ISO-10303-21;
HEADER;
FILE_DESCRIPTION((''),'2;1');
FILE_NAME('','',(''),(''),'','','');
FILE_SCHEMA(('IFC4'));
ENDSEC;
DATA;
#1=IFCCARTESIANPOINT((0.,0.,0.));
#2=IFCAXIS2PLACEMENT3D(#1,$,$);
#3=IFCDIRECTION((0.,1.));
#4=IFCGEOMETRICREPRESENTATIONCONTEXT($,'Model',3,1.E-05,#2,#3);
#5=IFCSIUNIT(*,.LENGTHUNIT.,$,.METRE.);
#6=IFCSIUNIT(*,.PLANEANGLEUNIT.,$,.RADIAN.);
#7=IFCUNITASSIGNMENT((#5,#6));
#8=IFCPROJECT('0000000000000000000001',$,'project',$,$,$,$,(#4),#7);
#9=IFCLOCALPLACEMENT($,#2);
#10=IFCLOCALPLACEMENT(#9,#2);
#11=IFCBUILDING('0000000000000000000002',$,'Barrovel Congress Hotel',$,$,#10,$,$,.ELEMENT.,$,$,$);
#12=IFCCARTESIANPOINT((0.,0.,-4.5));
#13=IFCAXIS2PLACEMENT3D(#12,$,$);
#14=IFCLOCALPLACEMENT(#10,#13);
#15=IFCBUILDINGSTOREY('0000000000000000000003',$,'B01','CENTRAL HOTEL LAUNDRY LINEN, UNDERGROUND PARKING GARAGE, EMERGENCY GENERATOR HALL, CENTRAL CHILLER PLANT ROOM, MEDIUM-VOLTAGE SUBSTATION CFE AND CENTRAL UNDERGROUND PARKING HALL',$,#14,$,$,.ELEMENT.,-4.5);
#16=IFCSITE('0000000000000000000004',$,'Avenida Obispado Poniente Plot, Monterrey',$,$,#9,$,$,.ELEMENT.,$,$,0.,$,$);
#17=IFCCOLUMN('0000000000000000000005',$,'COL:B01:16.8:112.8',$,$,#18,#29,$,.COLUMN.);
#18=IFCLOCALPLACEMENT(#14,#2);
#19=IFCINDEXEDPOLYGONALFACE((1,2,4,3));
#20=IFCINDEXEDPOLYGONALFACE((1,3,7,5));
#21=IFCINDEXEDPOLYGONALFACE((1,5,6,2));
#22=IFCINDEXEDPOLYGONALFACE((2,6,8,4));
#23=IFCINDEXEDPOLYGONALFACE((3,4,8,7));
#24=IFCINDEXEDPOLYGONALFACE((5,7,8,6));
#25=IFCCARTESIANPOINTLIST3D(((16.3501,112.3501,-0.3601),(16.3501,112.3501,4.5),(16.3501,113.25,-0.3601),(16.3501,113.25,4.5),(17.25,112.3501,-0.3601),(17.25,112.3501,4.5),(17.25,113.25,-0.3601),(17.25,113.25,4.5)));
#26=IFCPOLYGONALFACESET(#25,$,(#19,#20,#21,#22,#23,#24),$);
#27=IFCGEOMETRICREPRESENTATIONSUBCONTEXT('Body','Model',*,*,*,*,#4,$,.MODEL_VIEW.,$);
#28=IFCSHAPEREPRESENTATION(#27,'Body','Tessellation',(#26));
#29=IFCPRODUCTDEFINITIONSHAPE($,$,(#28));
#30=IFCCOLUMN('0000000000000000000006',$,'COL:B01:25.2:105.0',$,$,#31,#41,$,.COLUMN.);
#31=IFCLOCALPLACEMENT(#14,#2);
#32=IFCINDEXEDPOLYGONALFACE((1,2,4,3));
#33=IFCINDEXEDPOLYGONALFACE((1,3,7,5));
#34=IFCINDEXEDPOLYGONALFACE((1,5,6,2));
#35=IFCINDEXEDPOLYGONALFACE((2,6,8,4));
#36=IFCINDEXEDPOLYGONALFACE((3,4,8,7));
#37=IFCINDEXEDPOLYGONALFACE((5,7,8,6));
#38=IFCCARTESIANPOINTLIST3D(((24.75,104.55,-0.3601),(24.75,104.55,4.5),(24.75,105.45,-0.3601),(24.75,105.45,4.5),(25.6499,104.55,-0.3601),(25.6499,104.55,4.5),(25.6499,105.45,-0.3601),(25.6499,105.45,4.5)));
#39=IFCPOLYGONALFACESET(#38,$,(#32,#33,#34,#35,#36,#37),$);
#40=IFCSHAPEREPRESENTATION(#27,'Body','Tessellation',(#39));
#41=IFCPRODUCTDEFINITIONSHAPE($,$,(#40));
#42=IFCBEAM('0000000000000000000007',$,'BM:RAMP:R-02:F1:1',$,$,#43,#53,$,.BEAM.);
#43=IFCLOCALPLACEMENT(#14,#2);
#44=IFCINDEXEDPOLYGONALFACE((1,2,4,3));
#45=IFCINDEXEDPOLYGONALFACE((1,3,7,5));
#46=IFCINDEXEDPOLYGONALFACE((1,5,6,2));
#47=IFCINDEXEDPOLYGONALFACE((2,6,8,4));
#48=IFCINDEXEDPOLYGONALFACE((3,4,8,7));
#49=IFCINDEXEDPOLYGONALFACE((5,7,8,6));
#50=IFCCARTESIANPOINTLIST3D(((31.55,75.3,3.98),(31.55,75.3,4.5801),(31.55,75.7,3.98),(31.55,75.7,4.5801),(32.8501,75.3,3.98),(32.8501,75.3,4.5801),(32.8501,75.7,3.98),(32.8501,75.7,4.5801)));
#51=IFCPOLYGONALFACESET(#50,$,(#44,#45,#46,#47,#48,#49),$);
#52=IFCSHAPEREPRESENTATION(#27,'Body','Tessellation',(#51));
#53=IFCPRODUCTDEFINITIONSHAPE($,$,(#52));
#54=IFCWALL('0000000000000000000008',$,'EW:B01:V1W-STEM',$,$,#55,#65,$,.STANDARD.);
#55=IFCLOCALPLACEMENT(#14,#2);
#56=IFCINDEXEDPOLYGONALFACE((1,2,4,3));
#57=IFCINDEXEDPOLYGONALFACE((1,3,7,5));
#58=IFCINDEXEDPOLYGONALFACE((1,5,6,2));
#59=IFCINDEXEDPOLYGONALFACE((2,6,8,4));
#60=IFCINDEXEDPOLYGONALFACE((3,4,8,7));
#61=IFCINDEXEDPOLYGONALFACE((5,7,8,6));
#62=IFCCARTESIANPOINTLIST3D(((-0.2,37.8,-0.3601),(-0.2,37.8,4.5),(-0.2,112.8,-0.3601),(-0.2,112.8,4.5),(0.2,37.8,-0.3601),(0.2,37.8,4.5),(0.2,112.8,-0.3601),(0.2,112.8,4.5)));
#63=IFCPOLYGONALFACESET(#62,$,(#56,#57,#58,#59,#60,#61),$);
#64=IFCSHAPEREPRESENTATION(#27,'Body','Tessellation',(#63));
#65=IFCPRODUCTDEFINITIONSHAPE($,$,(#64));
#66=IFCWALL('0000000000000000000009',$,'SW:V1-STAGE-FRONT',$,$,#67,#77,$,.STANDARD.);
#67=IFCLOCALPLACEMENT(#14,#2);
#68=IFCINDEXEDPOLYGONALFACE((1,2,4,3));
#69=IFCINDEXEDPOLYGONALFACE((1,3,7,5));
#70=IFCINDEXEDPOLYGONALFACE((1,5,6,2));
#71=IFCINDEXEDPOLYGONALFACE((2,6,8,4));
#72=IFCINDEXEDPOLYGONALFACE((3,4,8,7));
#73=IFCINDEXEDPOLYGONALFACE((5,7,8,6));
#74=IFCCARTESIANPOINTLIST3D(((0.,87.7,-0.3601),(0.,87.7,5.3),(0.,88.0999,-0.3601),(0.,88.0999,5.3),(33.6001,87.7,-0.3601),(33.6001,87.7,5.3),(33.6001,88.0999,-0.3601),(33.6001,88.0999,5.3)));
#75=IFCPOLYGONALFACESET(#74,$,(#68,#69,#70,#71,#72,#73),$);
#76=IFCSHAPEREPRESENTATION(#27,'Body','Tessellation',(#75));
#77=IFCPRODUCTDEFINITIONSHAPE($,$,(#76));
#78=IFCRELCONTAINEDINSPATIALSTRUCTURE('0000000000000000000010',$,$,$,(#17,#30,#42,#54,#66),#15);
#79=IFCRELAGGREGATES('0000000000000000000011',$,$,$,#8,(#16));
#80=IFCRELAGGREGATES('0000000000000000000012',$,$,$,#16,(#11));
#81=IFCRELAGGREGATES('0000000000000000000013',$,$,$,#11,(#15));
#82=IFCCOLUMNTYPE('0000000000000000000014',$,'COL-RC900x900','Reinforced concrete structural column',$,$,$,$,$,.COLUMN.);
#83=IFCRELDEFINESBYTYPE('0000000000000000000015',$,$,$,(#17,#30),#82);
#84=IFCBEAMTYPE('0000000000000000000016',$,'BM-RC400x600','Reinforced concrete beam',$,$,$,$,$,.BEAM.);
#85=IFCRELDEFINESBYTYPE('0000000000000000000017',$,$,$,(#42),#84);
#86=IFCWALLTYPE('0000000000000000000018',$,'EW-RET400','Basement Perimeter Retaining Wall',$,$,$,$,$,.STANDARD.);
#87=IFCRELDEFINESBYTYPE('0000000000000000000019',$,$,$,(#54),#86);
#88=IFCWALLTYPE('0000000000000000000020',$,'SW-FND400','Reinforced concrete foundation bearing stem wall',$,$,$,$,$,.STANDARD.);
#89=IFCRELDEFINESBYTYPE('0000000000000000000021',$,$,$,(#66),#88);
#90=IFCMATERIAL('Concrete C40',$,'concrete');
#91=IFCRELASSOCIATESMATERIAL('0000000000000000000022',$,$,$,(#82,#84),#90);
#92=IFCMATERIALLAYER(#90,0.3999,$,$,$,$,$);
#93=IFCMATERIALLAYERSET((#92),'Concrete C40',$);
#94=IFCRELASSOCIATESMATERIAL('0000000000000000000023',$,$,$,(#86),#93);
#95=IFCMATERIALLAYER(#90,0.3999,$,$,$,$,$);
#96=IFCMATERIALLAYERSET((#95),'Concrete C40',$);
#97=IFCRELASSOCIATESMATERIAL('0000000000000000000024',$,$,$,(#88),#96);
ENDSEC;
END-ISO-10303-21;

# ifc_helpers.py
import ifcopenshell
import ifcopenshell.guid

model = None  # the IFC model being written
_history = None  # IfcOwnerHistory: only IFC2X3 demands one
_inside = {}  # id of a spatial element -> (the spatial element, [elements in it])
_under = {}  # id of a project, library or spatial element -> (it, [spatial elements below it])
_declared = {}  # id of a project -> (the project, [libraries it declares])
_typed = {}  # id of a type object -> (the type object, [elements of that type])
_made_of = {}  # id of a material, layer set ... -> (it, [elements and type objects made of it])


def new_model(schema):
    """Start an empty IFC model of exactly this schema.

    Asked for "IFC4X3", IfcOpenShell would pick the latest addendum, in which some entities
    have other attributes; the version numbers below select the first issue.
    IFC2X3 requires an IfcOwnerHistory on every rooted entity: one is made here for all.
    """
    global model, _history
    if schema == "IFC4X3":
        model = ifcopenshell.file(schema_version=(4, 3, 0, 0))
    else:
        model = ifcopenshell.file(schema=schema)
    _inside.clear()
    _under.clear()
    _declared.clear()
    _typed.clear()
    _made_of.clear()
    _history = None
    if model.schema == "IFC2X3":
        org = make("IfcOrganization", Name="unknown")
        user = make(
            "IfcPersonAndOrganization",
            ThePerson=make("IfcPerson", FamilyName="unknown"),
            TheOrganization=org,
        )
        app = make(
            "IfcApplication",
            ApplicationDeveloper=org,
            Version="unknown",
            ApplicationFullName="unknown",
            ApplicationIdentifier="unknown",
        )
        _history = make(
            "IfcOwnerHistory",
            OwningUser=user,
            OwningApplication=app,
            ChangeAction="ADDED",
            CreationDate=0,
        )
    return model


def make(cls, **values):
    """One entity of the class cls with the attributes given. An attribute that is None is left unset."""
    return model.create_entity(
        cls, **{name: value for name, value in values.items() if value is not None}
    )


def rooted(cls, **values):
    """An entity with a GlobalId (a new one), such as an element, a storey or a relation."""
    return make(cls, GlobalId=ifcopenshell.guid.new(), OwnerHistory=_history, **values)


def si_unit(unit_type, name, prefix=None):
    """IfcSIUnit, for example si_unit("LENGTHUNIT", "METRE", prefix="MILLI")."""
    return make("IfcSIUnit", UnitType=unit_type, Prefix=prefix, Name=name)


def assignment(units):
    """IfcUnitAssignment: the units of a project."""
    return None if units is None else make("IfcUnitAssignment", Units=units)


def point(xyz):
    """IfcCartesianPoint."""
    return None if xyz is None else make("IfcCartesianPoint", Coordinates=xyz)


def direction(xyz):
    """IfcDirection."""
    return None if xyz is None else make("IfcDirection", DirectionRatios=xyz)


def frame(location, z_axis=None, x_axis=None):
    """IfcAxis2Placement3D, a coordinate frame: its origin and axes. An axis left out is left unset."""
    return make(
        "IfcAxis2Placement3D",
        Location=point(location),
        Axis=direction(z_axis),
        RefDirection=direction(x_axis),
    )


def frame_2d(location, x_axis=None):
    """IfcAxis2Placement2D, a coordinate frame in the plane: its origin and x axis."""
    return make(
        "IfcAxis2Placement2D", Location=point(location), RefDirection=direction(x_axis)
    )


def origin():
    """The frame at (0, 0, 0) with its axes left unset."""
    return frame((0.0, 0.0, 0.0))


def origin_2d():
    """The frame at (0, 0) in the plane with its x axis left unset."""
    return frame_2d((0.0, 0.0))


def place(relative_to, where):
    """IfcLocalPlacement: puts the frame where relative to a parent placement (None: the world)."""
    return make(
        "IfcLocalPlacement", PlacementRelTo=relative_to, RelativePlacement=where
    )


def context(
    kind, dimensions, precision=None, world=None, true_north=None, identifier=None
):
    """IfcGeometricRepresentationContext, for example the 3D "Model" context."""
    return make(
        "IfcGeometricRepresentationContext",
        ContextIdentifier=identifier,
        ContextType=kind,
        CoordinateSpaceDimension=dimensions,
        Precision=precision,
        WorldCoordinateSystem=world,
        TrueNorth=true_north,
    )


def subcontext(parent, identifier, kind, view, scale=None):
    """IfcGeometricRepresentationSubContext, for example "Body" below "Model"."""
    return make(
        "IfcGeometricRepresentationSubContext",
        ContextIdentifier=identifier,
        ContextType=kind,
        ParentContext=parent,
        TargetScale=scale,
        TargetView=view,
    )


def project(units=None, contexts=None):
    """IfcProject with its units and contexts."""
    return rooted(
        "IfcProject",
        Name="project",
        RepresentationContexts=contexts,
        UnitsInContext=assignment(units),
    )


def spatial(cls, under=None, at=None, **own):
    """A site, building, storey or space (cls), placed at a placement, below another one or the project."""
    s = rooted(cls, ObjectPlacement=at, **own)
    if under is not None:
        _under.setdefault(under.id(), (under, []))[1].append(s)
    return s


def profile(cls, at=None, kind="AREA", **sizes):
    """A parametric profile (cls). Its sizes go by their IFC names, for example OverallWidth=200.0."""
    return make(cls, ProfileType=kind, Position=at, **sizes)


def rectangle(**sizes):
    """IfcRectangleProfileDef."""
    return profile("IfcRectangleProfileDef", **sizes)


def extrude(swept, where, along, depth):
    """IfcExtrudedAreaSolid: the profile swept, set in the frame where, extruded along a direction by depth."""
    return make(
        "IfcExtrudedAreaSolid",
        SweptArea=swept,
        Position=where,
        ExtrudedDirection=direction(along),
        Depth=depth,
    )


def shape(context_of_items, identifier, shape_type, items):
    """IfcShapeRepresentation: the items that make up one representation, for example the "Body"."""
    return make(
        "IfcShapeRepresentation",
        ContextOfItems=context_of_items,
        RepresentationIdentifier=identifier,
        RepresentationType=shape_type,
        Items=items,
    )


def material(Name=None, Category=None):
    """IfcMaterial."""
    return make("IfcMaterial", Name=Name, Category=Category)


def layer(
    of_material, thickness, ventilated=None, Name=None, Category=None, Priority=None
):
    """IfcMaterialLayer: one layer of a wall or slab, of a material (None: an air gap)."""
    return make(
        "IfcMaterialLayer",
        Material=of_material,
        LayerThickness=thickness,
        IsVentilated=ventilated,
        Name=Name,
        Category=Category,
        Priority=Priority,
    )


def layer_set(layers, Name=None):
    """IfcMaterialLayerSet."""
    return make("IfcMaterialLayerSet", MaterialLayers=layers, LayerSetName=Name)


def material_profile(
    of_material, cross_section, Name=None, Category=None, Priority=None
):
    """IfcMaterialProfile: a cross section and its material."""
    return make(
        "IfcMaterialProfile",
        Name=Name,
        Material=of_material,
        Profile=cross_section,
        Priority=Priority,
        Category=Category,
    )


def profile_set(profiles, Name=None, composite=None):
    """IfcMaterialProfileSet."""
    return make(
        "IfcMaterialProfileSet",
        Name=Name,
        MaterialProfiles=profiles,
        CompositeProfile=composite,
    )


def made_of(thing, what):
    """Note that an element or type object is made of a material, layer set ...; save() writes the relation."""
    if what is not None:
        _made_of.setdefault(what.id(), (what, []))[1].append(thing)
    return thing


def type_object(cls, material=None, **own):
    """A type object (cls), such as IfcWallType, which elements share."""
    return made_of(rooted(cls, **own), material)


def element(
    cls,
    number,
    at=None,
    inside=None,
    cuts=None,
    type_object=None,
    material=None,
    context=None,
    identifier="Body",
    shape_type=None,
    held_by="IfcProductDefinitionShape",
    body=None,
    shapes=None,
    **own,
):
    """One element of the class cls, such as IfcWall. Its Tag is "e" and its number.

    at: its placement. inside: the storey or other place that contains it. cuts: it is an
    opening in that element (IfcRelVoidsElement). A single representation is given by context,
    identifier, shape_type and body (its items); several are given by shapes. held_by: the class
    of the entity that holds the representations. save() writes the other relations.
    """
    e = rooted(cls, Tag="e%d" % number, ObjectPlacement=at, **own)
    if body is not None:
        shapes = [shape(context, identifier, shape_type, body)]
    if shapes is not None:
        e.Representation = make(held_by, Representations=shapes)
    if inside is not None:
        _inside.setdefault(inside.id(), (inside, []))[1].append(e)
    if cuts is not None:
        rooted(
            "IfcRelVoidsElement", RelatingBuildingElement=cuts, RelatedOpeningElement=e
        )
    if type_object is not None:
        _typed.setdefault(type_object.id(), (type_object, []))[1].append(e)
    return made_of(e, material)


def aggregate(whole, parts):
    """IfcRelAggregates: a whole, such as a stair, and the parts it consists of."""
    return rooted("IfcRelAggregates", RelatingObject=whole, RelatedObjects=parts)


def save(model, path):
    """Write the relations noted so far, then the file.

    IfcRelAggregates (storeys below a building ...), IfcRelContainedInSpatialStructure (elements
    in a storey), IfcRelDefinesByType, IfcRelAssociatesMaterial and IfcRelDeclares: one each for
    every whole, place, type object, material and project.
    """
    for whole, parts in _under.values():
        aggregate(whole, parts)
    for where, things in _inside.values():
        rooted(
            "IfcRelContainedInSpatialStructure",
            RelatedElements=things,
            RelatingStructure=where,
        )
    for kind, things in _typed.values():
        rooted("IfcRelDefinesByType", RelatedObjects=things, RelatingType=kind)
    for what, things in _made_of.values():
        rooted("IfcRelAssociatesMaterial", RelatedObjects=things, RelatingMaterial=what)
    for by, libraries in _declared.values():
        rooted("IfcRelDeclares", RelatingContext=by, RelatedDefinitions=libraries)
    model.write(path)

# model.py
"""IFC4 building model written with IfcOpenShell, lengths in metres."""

from ifc_helpers import new_model, si_unit, direction, frame, frame_2d, origin, origin_2d, place, context, subcontext, project, spatial, rectangle, extrude, material, layer, layer_set, material_profile, profile_set, type_object, element, save


model = new_model("IFC4")

# Units and contexts
model_context = context("Model", 3, precision=1e-05, world=origin(), true_north=direction((0.0, 1.0)))
body_context = subcontext(model_context, "Body", "Model", "MODEL_VIEW")
ifc_project = project(units=[si_unit("LENGTHUNIT", "METRE"), si_unit("PLANEANGLEUNIT", "RADIAN")], contexts=[model_context])

# Site, building, storey
site_placement = place(None, origin())
site = spatial("IfcSite", under=ifc_project, at=site_placement, Name="Avenida Obispado Poniente Plot, Monterrey", CompositionType="ELEMENT", RefElevation=0.0)
building_placement = place(site_placement, origin())
building = spatial("IfcBuilding", under=site, at=building_placement, Name="Barrovel Congress Hotel", CompositionType="ELEMENT")
storey_placement = place(building_placement, frame((0.0, 0.0, -4.5)))
storey = spatial("IfcBuildingStorey", under=building, at=storey_placement, Name="B01", Description="CENTRAL HOTEL LAUNDRY LINEN, UNDERGROUND PARKING GARAGE, EMERGENCY GENERATOR HALL, CENTRAL CHILLER PLANT ROOM, MEDIUM-VOLTAGE SUBSTATION CFE AND CENTRAL UNDERGROUND PARKING HALL", CompositionType="ELEMENT", Elevation=-4.5)

# Columns
ifc_material_1 = material(Name="Concrete C40", Category="concrete")
ifc_material_profile_1 = material_profile(ifc_material_1, rectangle(XDim=0.8999, YDim=0.8999, at=origin_2d()), Name="RC900x900")
ifc_profile_set_1 = profile_set([ifc_material_profile_1], Name="Concrete C40")
column_type_1 = type_object("IfcColumnType", Name="COL-RC900x900", Description="Reinforced concrete structural column", PredefinedType="COLUMN", material=ifc_profile_set_1)
for number, where, z_axis, x_axis, name in (
    (1, (16.8, 112.8, -0.3601), (0.0, 0.0, 1.0), (1.0, 0.0, 0.0), "COL:B01:16.8:112.8"),
    (2, (25.2, 105.0, -0.3601), (0.0, 0.0, 1.0), (1.0, 0.0, 0.0), "COL:B01:25.2:105.0"),
):
    element("IfcColumn", number, at=place(storey_placement, frame(where, z_axis=z_axis, x_axis=x_axis)), inside=storey, type_object=column_type_1, Name=name, PredefinedType="COLUMN", context=body_context, shape_type="SweptSolid", body=[
        extrude(rectangle(XDim=0.8999, YDim=0.8999, at=origin_2d()), origin(), (0.0, 0.0, 1.0), 4.8601),
    ])

# Beam
ifc_material_profile_2 = material_profile(ifc_material_1, rectangle(XDim=0.3999, YDim=0.6001, at=origin_2d()), Name="RC400x600")
ifc_profile_set_2 = profile_set([ifc_material_profile_2], Name="Concrete C40")
beam_type = type_object("IfcBeamType", Name="BM-RC400x600", Description="Reinforced concrete beam", PredefinedType="BEAM", material=ifc_profile_set_2)
beam_placement = place(storey_placement, frame((32.8501, 75.5, 4.28), z_axis=(-1.0, 0.0, 0.0), x_axis=(0.0, -1.0, 0.0)))
element("IfcBeam", 3, at=beam_placement, inside=storey, type_object=beam_type, Name="BM:RAMP:R-02:F1:1", PredefinedType="BEAM", context=body_context, shape_type="SweptSolid", body=[
    extrude(rectangle(XDim=0.3999, YDim=0.6001, at=origin_2d()), origin(), (0.0, 0.0, 1.0), 1.3),
])

# Walls
ifc_layer_1 = layer(ifc_material_1, 0.3999)
ifc_layer_set_1 = layer_set([ifc_layer_1], Name="Concrete C40")
wall_type_1 = type_object("IfcWallType", Name="EW-RET400", Description="Basement Perimeter Retaining Wall", PredefinedType="STANDARD", material=ifc_layer_set_1)
wall_1_placement = place(storey_placement, frame((0.0, 112.8, -0.3601), z_axis=(0.0, 0.0, 1.0), x_axis=(0.0, -1.0, 0.0)))
element("IfcWall", 4, at=wall_1_placement, inside=storey, type_object=wall_type_1, Name="EW:B01:V1W-STEM", PredefinedType="STANDARD", context=body_context, shape_type="SweptSolid", body=[
    extrude(rectangle(XDim=75.0, YDim=0.3999, at=frame_2d((37.5, 0.0))), origin(), (0.0, 0.0, 1.0), 4.8601),
])
ifc_layer_2 = layer(ifc_material_1, 0.3999)
ifc_layer_set_2 = layer_set([ifc_layer_2], Name="Concrete C40")
wall_type_2 = type_object("IfcWallType", Name="SW-FND400", Description="Reinforced concrete foundation bearing stem wall", PredefinedType="STANDARD", material=ifc_layer_set_2)
wall_2_placement = place(storey_placement, frame((0.0, 87.8999, -0.3601), z_axis=(0.0, 0.0, 1.0), x_axis=(1.0, 0.0, 0.0)))
element("IfcWall", 5, at=wall_2_placement, inside=storey, type_object=wall_type_2, Name="SW:V1-STAGE-FRONT", PredefinedType="STANDARD", context=body_context, shape_type="SweptSolid", body=[
    extrude(rectangle(XDim=33.6001, YDim=0.3999, at=frame_2d((16.8, 0.0))), origin(), (0.0, 0.0, 1.0), 5.6602),
])

save(model, "model.ifc")
